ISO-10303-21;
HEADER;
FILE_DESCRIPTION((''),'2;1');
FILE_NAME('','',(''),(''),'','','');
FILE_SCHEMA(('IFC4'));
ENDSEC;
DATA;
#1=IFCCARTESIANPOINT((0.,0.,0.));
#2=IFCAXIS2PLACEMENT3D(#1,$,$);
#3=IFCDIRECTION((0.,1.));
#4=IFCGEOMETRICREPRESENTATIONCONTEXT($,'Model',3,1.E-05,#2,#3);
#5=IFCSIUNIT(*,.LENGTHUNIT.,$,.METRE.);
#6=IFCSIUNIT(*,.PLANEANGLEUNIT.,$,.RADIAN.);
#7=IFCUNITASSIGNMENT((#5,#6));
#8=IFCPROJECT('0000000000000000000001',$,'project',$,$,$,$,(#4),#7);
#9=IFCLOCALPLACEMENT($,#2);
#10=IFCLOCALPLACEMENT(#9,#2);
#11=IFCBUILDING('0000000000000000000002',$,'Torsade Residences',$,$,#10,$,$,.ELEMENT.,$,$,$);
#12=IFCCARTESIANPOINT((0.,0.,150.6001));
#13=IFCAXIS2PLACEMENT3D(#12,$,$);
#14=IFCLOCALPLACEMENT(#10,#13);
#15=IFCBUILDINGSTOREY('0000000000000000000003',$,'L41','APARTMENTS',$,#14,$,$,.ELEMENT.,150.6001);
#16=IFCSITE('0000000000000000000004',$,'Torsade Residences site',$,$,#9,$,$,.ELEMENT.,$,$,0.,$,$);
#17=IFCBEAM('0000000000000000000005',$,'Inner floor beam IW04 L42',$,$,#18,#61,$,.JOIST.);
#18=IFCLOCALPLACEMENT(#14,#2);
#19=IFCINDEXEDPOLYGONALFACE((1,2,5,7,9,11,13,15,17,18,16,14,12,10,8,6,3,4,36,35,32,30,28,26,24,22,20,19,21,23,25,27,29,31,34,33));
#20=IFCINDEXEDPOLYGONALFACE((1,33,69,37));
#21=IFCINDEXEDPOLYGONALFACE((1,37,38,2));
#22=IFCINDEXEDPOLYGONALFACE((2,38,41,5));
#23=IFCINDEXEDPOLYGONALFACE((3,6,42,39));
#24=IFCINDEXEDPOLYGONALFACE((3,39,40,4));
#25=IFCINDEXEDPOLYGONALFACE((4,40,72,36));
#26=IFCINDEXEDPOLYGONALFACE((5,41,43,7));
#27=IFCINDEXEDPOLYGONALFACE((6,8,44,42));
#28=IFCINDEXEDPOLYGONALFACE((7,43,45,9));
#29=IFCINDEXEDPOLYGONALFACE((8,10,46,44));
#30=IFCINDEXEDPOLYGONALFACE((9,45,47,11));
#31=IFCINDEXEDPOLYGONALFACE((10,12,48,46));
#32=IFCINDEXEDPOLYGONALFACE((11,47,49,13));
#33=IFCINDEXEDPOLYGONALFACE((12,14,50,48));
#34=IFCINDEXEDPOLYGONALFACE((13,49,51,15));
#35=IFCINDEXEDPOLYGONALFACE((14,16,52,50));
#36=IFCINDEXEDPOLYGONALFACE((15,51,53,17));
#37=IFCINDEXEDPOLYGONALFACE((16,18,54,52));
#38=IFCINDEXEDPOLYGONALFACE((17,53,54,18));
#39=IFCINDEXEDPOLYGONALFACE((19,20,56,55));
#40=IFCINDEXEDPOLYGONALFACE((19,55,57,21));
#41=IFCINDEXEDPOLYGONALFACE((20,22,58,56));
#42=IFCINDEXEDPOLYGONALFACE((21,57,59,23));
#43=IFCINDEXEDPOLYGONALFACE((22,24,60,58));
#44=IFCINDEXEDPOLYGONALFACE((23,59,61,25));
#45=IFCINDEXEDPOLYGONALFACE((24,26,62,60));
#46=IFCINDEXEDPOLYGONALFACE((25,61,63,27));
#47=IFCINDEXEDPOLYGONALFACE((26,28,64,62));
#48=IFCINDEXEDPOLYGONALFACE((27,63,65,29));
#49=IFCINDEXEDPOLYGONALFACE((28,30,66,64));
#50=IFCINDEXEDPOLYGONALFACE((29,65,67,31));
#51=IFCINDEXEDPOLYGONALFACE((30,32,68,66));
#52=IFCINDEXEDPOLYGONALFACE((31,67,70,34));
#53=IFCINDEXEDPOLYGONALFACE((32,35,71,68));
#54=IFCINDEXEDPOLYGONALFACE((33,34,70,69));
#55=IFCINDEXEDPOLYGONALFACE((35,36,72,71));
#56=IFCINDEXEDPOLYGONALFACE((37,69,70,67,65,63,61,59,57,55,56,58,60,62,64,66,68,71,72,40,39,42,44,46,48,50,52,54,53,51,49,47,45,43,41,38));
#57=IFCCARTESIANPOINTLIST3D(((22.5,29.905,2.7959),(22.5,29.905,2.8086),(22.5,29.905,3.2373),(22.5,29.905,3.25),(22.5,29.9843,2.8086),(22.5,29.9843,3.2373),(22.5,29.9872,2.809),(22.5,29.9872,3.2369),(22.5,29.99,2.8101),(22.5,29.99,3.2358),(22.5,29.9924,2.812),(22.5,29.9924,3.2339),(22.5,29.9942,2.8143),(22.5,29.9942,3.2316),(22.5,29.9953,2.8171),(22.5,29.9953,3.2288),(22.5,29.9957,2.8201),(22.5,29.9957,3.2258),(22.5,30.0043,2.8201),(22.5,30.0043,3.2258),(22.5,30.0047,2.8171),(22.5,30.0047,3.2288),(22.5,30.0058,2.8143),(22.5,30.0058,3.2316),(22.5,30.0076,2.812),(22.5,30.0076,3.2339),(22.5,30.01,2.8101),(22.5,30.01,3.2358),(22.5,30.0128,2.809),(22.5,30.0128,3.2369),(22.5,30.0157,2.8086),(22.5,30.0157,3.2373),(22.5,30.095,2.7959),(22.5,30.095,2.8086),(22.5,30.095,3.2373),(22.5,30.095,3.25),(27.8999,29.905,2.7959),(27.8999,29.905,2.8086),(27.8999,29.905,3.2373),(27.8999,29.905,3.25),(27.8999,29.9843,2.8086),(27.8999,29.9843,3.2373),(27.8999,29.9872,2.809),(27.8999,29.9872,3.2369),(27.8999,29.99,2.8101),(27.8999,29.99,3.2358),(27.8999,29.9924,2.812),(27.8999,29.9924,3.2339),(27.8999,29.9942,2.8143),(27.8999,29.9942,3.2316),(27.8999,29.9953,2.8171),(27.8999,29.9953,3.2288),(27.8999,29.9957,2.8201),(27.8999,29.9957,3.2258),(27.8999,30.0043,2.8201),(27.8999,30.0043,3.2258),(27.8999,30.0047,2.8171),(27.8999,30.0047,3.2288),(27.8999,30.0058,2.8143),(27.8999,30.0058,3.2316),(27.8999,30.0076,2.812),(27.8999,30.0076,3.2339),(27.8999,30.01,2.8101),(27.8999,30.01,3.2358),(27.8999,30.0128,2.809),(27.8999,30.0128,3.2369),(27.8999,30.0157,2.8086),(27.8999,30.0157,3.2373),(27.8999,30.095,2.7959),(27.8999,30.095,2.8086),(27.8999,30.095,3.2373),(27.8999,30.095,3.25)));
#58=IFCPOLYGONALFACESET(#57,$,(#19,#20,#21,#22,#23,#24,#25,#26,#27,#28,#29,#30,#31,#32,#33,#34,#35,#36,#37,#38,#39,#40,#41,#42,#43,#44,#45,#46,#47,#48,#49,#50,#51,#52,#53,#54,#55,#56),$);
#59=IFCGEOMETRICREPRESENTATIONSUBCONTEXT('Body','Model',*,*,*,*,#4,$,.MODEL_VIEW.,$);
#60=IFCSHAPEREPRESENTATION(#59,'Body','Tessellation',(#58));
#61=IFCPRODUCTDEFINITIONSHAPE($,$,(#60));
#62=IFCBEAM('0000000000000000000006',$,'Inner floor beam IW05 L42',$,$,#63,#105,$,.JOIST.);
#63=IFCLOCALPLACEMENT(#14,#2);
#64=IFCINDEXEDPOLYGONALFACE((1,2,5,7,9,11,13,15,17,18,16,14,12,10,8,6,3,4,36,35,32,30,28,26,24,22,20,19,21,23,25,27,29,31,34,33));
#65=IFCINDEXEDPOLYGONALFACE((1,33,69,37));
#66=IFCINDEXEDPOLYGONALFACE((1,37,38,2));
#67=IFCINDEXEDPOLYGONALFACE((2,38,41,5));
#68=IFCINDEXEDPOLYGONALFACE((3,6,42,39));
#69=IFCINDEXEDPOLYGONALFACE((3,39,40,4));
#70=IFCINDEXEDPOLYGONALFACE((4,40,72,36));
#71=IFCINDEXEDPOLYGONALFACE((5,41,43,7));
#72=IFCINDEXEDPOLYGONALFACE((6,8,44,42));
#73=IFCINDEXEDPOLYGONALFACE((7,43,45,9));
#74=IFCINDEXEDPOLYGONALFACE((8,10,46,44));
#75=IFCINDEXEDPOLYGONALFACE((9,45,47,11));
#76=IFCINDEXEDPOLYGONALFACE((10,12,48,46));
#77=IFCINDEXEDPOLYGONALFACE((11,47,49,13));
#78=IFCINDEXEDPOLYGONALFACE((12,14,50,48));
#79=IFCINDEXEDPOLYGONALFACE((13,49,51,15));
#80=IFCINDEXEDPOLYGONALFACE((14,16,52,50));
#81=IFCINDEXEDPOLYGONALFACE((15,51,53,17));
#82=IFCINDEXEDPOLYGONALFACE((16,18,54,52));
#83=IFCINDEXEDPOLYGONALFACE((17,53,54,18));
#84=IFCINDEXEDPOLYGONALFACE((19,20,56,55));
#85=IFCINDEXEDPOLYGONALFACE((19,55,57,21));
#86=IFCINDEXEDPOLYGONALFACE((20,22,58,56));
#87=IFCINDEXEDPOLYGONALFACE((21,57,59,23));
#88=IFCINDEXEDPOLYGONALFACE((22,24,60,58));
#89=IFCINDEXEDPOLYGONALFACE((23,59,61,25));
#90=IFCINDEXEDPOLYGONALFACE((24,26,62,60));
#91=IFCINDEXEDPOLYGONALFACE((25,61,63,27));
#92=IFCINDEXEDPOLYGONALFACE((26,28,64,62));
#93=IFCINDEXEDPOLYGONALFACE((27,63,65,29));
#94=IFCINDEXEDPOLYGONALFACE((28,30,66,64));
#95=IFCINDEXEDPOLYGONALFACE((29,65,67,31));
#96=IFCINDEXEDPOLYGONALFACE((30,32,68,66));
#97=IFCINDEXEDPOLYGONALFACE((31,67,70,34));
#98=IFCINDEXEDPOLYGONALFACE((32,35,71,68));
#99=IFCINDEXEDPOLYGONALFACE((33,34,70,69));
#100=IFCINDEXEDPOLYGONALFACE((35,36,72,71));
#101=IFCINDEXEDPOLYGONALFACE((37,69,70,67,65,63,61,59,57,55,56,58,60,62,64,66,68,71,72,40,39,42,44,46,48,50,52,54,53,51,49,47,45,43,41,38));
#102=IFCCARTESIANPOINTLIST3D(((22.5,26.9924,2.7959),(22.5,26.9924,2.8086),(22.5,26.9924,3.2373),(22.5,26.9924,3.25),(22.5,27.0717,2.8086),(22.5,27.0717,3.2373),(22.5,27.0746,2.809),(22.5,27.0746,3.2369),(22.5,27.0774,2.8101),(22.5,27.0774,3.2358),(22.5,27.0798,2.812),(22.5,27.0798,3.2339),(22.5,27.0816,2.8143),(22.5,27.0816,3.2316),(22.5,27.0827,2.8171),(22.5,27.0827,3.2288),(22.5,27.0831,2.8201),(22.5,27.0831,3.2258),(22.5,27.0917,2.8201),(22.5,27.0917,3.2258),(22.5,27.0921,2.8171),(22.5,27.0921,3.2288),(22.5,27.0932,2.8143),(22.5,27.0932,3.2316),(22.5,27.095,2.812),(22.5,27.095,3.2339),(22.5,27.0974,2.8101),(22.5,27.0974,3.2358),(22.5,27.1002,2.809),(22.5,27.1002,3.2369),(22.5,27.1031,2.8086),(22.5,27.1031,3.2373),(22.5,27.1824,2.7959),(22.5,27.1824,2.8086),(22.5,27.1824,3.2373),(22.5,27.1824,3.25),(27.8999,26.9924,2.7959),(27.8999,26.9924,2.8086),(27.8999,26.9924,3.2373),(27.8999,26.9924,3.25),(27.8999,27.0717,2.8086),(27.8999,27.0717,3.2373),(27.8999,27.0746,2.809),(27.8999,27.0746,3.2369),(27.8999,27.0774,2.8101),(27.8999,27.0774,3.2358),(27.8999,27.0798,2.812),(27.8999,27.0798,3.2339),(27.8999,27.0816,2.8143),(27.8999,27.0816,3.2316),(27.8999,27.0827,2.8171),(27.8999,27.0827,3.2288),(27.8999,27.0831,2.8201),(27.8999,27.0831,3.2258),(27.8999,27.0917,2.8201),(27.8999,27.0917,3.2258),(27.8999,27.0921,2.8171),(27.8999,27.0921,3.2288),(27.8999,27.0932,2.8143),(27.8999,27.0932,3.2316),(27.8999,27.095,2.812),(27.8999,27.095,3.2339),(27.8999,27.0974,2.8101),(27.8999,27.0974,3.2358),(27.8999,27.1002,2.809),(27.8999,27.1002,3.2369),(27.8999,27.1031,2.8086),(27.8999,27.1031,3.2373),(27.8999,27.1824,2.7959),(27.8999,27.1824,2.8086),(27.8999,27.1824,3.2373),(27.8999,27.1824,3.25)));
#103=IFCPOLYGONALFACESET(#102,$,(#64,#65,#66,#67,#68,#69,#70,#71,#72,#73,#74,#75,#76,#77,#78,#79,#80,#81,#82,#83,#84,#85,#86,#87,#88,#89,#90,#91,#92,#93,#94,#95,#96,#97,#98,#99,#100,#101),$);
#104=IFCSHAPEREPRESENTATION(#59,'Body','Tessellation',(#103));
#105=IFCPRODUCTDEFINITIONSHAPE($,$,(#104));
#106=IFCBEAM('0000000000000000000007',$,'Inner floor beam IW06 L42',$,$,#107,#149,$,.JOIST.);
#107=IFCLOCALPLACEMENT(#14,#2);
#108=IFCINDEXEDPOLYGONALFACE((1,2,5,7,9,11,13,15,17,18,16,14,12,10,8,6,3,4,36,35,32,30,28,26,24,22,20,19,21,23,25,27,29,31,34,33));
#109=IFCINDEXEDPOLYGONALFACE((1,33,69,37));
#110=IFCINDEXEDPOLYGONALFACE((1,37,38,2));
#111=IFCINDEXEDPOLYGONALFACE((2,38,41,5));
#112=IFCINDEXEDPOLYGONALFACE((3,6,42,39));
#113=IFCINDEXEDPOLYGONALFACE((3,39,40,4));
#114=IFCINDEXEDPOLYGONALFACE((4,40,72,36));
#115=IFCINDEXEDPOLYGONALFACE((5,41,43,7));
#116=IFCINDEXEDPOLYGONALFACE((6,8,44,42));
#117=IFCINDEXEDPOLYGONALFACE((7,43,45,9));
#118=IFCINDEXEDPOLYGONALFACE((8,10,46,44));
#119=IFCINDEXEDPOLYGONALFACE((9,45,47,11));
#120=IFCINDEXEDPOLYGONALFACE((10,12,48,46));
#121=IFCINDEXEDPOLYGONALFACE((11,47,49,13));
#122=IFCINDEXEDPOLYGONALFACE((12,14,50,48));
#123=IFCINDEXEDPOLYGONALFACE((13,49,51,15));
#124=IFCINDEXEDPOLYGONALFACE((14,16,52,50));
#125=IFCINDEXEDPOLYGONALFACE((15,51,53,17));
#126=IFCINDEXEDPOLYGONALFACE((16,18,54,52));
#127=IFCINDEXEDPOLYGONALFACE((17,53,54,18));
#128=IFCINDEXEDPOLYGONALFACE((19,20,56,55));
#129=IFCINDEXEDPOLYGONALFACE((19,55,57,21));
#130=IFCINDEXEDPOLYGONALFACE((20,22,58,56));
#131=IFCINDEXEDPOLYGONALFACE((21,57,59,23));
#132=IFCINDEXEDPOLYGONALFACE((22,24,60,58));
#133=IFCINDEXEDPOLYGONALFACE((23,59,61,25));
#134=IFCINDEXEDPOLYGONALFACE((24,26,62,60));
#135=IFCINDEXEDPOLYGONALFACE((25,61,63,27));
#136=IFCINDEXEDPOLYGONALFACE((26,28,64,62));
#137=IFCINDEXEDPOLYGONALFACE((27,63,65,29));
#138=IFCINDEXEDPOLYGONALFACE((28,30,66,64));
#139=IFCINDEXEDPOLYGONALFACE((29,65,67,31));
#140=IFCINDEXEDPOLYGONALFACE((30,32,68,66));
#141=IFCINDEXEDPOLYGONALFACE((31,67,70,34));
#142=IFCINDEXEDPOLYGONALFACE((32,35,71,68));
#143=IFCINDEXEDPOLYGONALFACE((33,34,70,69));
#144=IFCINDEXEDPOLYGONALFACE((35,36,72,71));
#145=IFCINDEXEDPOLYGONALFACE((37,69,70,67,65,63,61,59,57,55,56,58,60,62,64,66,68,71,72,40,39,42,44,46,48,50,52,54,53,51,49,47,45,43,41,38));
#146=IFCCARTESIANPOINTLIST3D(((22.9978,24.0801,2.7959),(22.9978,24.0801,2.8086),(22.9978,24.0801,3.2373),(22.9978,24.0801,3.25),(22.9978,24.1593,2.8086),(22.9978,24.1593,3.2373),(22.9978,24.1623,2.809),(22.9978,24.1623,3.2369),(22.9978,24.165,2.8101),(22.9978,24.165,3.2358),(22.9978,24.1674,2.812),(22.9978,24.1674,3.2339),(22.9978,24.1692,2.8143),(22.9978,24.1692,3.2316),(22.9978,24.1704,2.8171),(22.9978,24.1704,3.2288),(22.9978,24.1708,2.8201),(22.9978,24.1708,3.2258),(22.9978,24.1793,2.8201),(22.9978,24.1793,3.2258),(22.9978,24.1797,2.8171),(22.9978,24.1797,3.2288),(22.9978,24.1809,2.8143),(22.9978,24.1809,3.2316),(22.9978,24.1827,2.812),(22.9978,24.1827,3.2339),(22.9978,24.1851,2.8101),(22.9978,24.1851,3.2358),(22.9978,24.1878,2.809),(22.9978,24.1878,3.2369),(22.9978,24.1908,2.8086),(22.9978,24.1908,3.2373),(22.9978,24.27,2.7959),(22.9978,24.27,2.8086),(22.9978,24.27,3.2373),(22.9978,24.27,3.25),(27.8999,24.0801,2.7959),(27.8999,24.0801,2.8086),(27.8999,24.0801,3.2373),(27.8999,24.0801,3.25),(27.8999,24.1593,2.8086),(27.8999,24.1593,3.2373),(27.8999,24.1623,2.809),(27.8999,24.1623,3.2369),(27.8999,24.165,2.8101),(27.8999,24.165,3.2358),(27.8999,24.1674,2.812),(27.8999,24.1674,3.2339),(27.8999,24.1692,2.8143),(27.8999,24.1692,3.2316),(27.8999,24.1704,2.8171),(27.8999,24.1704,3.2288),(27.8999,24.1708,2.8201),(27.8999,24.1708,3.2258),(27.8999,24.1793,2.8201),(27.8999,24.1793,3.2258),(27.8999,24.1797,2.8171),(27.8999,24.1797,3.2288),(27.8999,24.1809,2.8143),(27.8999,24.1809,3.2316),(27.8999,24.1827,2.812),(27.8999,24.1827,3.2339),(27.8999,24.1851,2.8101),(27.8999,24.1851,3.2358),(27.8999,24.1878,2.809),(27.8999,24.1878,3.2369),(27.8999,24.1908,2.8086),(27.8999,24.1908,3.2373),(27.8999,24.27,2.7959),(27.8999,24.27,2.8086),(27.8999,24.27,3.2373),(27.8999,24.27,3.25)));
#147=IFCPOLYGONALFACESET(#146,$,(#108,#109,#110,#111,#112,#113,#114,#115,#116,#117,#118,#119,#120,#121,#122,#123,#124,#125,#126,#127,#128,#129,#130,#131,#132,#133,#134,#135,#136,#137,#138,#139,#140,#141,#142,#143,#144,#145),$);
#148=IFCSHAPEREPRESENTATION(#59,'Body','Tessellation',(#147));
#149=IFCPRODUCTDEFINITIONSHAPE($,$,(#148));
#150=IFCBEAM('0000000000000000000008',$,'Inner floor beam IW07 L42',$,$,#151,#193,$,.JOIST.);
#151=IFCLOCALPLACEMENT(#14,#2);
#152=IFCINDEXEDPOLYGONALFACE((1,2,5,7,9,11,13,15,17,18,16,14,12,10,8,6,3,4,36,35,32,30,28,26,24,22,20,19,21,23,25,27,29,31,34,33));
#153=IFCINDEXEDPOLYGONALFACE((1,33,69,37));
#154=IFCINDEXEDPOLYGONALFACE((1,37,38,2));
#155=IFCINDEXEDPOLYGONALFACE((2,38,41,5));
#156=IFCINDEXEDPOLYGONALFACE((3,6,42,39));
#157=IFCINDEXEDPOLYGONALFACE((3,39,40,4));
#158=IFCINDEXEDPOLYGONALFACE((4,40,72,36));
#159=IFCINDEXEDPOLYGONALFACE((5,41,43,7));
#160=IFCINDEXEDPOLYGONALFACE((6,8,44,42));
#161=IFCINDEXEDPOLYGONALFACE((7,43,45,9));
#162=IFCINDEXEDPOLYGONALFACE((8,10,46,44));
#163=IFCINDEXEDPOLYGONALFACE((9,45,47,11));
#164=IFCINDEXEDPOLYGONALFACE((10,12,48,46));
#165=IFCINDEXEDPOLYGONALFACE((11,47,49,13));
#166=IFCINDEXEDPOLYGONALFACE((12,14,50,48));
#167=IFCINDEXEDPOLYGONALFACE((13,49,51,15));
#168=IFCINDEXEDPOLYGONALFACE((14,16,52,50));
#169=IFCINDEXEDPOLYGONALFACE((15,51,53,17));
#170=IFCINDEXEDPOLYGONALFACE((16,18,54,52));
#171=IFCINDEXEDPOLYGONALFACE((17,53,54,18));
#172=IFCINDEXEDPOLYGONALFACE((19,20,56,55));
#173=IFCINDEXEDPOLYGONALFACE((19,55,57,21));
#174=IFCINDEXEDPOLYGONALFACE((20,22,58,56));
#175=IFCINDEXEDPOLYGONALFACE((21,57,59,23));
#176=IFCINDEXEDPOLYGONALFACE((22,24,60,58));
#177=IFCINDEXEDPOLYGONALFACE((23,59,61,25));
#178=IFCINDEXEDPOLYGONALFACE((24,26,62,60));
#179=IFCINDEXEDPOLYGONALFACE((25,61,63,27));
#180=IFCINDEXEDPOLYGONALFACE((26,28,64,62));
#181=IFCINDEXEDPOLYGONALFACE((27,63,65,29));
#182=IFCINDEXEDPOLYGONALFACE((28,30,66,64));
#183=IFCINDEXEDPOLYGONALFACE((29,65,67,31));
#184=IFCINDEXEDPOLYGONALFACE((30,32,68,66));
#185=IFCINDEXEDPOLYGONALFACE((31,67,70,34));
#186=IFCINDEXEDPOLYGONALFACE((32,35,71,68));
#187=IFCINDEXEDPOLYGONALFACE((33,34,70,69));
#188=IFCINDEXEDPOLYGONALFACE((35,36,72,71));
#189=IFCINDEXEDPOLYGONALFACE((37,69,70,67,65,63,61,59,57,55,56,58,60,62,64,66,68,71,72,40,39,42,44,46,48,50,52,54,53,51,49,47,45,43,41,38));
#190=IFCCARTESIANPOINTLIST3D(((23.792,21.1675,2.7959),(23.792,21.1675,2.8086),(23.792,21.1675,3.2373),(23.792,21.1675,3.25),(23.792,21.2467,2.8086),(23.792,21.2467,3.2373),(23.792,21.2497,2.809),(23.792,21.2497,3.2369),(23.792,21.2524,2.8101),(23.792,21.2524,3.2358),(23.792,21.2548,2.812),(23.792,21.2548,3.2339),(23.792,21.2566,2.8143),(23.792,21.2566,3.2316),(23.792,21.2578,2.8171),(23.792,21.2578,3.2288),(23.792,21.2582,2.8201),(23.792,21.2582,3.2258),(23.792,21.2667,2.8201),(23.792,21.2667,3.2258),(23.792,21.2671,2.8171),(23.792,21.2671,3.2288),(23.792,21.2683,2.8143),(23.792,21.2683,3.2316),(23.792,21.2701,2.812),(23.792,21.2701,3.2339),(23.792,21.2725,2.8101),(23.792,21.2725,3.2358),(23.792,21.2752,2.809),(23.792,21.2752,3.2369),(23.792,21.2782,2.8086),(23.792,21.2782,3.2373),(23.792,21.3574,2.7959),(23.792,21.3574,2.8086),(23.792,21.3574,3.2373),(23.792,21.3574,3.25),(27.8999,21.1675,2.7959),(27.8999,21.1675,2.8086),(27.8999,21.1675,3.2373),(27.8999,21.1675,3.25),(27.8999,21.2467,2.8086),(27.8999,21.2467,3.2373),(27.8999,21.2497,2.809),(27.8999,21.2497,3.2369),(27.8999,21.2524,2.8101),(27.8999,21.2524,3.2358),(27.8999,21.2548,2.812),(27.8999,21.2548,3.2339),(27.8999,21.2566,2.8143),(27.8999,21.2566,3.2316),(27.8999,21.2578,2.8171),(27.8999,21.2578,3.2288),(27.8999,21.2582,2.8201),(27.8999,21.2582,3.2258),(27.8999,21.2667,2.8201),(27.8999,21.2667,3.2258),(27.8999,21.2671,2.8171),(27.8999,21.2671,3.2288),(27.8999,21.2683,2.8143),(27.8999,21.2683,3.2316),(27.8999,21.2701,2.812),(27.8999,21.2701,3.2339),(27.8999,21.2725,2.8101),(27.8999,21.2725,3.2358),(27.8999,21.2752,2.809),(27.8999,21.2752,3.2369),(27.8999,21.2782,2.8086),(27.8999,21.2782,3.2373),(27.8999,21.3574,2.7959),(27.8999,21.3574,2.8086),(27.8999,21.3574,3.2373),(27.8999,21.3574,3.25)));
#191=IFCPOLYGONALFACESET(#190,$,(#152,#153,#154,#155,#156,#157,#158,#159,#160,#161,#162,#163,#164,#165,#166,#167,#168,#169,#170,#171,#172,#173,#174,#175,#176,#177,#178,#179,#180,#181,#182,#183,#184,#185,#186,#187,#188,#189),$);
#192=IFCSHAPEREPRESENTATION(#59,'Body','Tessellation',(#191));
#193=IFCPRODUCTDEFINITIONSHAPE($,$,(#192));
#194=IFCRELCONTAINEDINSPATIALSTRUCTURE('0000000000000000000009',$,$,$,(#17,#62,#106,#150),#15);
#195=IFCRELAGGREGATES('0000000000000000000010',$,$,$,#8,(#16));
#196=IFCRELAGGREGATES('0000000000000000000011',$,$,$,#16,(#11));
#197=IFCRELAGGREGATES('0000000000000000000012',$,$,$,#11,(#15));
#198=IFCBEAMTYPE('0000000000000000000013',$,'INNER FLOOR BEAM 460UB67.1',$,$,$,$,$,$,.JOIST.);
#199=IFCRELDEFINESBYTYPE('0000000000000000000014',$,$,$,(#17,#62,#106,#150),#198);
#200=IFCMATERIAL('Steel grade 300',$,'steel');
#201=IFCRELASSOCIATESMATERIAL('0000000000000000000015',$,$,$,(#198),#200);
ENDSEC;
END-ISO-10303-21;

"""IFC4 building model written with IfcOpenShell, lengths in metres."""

from ifc_helpers import new_model, si_unit, direction, frame, origin, origin_2d, place, context, subcontext, project, spatial, i_section, extrude, material, material_profile, profile_set, type_object, element, save


model = new_model("IFC4")

# Units and contexts
model_context = context("Model", 3, precision=1e-05, world=origin(), true_north=direction((0.0, 1.0)))
body_context = subcontext(model_context, "Body", "Model", "MODEL_VIEW")
ifc_project = project(units=[si_unit("LENGTHUNIT", "METRE"), si_unit("PLANEANGLEUNIT", "RADIAN")], contexts=[model_context])

# Site, building, storey
site_placement = place(None, origin())
site = spatial("IfcSite", under=ifc_project, at=site_placement, Name="Torsade Residences site", CompositionType="ELEMENT", RefElevation=0.0)
building_placement = place(site_placement, origin())
building = spatial("IfcBuilding", under=site, at=building_placement, Name="Torsade Residences", CompositionType="ELEMENT")
storey_placement = place(building_placement, frame((0.0, 0.0, 150.6001)))
storey = spatial("IfcBuildingStorey", under=building, at=storey_placement, Name="L41", Description="APARTMENTS", CompositionType="ELEMENT", Elevation=150.6001)

# Beams
ifc_material_1 = material(Name="Steel grade 300", Category="steel")
ifc_material_profile_1 = material_profile(ifc_material_1, i_section(OverallWidth=0.1899, OverallDepth=0.4541, WebThickness=0.0085, FlangeThickness=0.0127, FilletRadius=0.0115, at=origin_2d()), Name="460UB67.1")
ifc_profile_set_1 = profile_set([ifc_material_profile_1], Name="Steel grade 300")
beam_type_1 = type_object("IfcBeamType", Name="INNER FLOOR BEAM 460UB67.1", PredefinedType="JOIST", material=ifc_profile_set_1)
for number, where, z_axis, x_axis, name in (
    (1, (27.8999, 30.0, 3.0229), (-1.0, 0.0, 0.0), (0.0, -1.0, 0.0), "Inner floor beam IW04 L42"),
    (2, (27.8999, 27.0874, 3.0229), (-1.0, 0.0, 0.0), (0.0, -1.0, 0.0), "Inner floor beam IW05 L42"),
):
    element("IfcBeam", number, at=place(storey_placement, frame(where, z_axis=z_axis, x_axis=x_axis)), inside=storey, type_object=beam_type_1, Name=name, PredefinedType="JOIST", context=body_context, shape_type="SweptSolid", body=[
        extrude(i_section(OverallWidth=0.1899, OverallDepth=0.4541, WebThickness=0.0085, FlangeThickness=0.0127, FilletRadius=0.0115, at=origin_2d()), origin(), (0.0, 0.0, 1.0), 5.3999),
    ])
beam_1_placement = place(storey_placement, frame((27.8999, 24.175, 3.0229), z_axis=(-1.0, 0.0, 0.0), x_axis=(0.0, -1.0, 0.0)))
element("IfcBeam", 3, at=beam_1_placement, inside=storey, type_object=beam_type_1, Name="Inner floor beam IW06 L42", PredefinedType="JOIST", context=body_context, shape_type="SweptSolid", body=[
    extrude(i_section(OverallWidth=0.1899, OverallDepth=0.4541, WebThickness=0.0085, FlangeThickness=0.0127, FilletRadius=0.0115, at=origin_2d()), origin(), (0.0, 0.0, 1.0), 4.9021),
])
beam_2_placement = place(storey_placement, frame((27.8999, 21.2625, 3.0229), z_axis=(-1.0, 0.0, 0.0), x_axis=(0.0, -1.0, 0.0)))
element("IfcBeam", 4, at=beam_2_placement, inside=storey, type_object=beam_type_1, Name="Inner floor beam IW07 L42", PredefinedType="JOIST", context=body_context, shape_type="SweptSolid", body=[
    extrude(i_section(OverallWidth=0.1899, OverallDepth=0.4541, WebThickness=0.0085, FlangeThickness=0.0127, FilletRadius=0.0115, at=origin_2d()), origin(), (0.0, 0.0, 1.0), 4.1079),
])

save(model, "model.ifc")
